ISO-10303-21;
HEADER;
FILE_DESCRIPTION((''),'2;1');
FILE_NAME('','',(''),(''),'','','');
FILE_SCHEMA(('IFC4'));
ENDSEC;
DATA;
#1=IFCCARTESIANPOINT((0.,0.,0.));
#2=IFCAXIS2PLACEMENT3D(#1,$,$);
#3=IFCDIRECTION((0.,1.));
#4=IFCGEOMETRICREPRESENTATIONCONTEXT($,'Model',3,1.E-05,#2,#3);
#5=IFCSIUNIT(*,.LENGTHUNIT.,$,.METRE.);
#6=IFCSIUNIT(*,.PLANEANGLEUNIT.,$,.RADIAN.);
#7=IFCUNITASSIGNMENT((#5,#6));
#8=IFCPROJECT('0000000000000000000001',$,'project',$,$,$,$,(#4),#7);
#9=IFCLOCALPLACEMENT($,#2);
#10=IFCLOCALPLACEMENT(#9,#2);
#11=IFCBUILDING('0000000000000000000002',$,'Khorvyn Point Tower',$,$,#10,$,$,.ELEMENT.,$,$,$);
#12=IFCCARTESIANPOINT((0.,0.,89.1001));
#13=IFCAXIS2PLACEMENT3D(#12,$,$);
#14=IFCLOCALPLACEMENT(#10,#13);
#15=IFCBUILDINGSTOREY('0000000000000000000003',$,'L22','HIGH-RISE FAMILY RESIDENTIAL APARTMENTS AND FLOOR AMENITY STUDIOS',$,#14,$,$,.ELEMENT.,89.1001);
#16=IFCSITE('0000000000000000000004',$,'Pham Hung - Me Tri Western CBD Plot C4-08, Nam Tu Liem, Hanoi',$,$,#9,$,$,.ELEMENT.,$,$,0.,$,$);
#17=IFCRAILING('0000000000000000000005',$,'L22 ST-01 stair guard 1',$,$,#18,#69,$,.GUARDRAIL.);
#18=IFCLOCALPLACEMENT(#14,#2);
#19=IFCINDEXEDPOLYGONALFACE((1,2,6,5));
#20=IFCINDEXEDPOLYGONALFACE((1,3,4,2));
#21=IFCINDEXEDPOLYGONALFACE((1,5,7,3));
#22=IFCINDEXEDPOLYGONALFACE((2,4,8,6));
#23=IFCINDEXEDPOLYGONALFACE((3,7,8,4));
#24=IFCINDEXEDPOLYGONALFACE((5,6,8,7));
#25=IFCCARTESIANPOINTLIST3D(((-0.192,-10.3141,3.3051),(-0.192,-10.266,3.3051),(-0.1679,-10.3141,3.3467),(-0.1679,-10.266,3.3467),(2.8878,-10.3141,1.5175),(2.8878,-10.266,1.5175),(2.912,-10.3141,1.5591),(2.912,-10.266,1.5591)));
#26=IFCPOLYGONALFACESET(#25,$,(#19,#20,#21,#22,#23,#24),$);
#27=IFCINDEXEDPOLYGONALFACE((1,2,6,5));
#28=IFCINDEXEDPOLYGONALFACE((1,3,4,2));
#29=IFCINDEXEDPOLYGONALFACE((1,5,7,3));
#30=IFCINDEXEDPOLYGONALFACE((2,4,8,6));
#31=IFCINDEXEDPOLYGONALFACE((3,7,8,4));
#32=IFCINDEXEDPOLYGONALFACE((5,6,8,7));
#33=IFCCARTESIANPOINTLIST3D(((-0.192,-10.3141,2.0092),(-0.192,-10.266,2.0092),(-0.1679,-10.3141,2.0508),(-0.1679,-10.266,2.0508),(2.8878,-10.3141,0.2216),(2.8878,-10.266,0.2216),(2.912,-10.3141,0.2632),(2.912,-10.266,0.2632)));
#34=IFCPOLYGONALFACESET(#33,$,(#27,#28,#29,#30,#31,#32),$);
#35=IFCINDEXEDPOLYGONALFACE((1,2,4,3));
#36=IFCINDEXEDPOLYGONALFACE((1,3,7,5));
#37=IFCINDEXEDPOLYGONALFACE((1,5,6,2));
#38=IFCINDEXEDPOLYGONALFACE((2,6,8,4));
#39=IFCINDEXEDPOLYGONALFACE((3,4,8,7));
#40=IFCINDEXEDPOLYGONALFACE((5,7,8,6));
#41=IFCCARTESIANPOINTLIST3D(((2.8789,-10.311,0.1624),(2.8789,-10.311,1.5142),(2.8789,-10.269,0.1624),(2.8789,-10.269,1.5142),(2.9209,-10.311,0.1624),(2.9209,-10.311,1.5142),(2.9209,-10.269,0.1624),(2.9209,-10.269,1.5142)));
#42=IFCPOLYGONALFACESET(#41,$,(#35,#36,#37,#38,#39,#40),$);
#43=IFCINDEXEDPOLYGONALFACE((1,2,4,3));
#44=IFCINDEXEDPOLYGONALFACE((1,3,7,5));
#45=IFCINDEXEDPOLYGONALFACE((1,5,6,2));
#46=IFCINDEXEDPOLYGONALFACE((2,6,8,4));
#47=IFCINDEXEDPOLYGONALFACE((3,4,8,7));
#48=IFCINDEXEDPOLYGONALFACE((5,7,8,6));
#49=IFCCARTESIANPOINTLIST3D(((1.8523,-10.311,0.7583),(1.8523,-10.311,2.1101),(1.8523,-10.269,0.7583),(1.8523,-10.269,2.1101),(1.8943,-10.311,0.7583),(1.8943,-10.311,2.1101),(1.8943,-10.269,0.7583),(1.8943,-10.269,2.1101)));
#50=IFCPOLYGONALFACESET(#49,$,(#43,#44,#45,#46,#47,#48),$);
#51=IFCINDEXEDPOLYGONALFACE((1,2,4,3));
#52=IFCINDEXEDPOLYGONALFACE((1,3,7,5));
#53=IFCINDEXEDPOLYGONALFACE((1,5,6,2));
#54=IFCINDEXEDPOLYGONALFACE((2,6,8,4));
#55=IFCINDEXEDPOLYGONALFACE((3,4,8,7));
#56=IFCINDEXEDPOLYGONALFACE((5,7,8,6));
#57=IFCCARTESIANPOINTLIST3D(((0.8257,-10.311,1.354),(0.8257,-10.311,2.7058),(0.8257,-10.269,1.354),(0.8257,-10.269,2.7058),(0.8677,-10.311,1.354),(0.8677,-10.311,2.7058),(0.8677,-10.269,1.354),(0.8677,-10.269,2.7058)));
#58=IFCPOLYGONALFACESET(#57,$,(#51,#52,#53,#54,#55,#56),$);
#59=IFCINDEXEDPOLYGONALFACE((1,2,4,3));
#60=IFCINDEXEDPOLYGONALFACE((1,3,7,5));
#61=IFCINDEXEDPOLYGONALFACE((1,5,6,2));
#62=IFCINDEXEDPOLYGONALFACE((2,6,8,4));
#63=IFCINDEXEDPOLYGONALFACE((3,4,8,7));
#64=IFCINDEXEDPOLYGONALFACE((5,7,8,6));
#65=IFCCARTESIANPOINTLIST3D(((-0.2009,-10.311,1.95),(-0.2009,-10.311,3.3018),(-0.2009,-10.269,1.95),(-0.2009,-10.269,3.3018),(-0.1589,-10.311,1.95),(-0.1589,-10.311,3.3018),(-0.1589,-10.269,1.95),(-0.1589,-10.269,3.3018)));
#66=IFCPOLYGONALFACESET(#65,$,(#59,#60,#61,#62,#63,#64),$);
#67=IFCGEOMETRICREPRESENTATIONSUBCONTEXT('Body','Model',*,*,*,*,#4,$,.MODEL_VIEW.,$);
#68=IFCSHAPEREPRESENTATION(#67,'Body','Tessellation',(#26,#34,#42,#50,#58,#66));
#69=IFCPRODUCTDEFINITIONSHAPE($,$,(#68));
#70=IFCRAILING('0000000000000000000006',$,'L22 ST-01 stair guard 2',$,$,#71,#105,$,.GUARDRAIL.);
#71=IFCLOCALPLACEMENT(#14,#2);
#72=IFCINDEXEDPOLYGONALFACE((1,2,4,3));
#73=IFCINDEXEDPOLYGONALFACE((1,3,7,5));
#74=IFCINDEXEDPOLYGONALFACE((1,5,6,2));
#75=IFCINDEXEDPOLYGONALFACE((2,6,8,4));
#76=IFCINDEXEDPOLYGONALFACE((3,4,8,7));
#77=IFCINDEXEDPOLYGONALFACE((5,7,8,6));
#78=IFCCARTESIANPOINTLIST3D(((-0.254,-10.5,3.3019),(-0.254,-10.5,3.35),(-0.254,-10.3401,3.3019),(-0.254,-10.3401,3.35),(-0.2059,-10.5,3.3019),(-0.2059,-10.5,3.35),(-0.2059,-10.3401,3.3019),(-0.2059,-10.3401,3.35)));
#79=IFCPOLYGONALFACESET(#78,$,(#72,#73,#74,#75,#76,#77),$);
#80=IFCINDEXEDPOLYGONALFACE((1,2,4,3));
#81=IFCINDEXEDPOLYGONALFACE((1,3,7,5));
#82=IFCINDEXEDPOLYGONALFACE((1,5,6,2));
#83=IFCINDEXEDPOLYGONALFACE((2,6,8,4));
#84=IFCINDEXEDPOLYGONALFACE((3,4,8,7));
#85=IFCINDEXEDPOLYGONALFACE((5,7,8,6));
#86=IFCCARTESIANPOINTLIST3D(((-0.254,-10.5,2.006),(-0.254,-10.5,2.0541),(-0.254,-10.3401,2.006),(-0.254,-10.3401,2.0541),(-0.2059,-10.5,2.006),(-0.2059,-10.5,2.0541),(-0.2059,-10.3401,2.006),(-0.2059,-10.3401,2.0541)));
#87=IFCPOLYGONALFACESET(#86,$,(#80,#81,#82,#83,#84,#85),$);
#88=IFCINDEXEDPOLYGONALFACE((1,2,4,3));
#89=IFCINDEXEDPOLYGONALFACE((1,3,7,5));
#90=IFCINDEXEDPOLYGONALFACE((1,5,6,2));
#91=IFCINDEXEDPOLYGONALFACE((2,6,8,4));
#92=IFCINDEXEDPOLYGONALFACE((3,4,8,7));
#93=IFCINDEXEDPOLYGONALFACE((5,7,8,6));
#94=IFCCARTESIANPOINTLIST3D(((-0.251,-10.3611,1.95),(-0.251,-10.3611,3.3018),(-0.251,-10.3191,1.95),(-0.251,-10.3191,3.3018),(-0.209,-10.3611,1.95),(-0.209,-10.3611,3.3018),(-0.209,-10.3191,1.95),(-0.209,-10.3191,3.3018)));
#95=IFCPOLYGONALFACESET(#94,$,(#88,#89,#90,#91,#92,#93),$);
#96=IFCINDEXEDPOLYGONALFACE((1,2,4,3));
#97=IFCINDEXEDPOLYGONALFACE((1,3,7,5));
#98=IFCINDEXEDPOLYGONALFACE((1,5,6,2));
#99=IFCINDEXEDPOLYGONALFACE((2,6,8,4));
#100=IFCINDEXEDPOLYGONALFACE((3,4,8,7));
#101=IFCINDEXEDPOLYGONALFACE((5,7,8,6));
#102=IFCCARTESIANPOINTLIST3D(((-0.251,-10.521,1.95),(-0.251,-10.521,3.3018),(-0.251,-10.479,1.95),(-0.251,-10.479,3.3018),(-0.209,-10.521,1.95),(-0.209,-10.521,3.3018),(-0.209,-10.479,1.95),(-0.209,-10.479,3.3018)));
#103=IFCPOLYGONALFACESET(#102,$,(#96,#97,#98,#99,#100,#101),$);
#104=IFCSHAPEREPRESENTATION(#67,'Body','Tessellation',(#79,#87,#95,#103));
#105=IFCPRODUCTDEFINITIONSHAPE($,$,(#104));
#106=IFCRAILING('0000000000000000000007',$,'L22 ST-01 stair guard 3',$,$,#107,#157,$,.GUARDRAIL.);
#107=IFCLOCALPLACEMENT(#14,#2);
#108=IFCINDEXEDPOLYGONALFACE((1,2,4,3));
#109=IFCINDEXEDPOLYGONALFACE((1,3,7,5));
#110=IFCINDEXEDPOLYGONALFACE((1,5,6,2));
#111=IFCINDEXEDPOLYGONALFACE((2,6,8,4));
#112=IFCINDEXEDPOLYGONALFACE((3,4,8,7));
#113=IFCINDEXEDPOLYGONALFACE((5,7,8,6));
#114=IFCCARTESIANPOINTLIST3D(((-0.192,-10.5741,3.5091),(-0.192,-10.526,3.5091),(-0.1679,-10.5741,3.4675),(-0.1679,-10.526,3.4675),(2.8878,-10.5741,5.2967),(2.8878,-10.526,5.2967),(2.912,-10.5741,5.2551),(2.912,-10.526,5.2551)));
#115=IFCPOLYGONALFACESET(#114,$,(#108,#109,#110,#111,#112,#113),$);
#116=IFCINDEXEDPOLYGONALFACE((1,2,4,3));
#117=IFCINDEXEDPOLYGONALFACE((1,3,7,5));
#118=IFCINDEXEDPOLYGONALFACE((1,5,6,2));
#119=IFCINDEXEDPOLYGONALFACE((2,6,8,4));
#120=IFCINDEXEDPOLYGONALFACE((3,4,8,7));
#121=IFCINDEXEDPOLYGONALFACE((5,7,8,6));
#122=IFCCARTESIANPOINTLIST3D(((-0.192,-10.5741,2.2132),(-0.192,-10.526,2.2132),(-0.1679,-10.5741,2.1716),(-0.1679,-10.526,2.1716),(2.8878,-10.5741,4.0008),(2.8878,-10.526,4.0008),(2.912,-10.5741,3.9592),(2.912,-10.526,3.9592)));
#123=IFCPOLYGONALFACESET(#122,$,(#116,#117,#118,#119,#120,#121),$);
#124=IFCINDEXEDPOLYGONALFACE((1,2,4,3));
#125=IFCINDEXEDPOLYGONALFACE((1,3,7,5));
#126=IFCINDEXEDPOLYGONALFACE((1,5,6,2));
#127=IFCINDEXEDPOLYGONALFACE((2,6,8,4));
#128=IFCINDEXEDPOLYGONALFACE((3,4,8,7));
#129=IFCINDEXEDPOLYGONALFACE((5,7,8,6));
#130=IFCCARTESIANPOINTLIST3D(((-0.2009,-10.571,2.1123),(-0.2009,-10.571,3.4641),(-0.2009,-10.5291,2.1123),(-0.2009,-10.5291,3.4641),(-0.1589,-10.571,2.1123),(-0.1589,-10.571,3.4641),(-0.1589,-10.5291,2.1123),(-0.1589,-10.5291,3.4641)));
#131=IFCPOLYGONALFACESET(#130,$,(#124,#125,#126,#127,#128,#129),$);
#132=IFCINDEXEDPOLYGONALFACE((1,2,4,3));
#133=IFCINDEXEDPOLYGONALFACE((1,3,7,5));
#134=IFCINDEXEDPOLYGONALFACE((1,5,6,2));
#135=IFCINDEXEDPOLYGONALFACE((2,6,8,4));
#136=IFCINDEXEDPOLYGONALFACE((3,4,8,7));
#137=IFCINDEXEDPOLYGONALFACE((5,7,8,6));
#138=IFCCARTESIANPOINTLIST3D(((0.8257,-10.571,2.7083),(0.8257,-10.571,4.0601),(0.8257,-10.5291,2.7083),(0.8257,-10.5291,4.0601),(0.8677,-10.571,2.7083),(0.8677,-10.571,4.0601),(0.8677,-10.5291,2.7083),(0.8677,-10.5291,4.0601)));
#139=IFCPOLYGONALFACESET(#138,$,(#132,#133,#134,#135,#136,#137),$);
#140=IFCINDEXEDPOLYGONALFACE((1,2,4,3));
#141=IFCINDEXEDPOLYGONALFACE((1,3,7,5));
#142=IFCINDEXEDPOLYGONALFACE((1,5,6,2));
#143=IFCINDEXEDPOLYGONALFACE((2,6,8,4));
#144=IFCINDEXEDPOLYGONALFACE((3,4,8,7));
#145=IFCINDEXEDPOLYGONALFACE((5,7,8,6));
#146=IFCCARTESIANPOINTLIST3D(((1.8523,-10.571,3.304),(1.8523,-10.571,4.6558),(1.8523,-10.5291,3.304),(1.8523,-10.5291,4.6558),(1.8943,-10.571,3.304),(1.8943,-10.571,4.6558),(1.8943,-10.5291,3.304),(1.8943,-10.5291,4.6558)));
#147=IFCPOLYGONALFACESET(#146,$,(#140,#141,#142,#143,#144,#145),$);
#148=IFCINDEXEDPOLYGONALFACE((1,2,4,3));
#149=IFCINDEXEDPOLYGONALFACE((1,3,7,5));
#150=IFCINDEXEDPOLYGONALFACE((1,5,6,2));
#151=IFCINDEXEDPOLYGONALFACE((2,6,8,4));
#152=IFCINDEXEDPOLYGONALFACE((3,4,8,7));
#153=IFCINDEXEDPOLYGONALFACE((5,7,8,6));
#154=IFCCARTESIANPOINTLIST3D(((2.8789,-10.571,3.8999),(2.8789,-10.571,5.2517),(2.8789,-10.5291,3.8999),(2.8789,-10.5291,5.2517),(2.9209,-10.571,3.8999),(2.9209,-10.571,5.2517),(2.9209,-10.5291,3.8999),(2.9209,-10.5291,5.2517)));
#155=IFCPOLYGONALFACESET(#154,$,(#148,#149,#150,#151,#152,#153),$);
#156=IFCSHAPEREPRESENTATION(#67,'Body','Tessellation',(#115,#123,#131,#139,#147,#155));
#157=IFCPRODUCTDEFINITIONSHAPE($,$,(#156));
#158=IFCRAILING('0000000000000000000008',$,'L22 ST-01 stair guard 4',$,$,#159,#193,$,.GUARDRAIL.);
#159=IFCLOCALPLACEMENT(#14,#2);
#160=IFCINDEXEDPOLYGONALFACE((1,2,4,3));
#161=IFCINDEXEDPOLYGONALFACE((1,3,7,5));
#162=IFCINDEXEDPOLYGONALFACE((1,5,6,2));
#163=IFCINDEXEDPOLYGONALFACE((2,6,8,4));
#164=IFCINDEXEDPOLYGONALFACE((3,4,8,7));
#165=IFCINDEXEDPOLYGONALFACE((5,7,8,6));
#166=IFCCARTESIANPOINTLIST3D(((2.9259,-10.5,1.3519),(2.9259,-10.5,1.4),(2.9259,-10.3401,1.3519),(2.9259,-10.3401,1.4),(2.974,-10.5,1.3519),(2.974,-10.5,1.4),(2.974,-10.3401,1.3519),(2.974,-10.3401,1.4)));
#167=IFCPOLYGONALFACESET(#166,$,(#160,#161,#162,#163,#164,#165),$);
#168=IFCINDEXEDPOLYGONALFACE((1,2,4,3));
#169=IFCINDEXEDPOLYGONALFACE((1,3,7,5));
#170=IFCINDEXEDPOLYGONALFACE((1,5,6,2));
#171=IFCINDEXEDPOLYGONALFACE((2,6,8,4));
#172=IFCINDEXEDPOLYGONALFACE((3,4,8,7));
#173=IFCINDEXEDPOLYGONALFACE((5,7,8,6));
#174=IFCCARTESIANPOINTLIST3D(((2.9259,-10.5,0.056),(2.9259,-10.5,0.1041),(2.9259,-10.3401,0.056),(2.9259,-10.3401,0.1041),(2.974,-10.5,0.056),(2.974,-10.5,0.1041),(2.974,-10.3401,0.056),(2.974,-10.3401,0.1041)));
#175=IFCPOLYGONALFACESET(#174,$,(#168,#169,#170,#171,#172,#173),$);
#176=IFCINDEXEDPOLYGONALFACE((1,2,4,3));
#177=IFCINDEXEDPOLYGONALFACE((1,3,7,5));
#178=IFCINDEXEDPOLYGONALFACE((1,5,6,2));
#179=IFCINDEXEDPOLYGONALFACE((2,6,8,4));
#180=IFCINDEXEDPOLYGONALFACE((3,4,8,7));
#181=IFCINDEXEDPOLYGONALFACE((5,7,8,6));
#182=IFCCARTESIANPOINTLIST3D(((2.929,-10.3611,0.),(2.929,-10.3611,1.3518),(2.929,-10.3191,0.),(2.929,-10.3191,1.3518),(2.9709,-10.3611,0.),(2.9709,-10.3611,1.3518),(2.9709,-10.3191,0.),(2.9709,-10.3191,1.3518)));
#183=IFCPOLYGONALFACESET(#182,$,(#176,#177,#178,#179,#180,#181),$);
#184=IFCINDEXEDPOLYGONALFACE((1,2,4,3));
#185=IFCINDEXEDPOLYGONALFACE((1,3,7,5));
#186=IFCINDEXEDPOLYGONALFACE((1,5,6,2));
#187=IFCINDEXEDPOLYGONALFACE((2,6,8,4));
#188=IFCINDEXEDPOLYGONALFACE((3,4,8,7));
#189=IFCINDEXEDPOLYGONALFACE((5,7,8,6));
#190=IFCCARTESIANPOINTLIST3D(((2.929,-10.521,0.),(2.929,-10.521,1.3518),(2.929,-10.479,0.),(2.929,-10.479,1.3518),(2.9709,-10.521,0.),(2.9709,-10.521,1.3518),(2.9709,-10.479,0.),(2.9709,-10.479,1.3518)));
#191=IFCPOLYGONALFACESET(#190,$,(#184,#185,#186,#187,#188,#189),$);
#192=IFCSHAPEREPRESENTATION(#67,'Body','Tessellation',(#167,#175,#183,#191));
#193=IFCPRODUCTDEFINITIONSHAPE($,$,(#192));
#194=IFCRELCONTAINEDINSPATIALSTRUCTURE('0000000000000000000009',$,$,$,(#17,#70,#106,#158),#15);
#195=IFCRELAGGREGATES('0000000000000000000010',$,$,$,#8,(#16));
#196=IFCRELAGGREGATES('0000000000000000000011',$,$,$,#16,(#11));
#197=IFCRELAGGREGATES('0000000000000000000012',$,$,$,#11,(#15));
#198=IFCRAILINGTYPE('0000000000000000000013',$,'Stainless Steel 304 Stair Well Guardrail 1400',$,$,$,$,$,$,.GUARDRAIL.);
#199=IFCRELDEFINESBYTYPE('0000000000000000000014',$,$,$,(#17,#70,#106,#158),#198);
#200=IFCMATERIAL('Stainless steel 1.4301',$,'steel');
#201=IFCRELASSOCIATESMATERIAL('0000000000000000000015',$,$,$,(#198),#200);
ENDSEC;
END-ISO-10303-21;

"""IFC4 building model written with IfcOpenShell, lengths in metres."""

from ifc_helpers import new_model, si_unit, direction, frame, origin, origin_2d, place, context, subcontext, project, spatial, rectangle, extrude, material, type_object, element, save


model = new_model("IFC4")

# Units and contexts
model_context = context("Model", 3, precision=1e-05, world=origin(), true_north=direction((0.0, 1.0)))
body_context = subcontext(model_context, "Body", "Model", "MODEL_VIEW")
ifc_project = project(units=[si_unit("LENGTHUNIT", "METRE"), si_unit("PLANEANGLEUNIT", "RADIAN")], contexts=[model_context])

# Site, building, storey
site_placement = place(None, origin())
site = spatial("IfcSite", under=ifc_project, at=site_placement, Name="Pham Hung - Me Tri Western CBD Plot C4-08, Nam Tu Liem, Hanoi", CompositionType="ELEMENT", RefElevation=0.0)
building_placement = place(site_placement, origin())
building = spatial("IfcBuilding", under=site, at=building_placement, Name="Khorvyn Point Tower", CompositionType="ELEMENT")
storey_placement = place(building_placement, frame((0.0, 0.0, 89.1001)))
storey = spatial("IfcBuildingStorey", under=building, at=storey_placement, Name="L22", Description="HIGH-RISE FAMILY RESIDENTIAL APARTMENTS AND FLOOR AMENITY STUDIOS", CompositionType="ELEMENT", Elevation=89.1001)

# Railings
ifc_material_1 = material(Name="Stainless steel 1.4301", Category="steel")
railing_type_1 = type_object("IfcRailingType", Name="Stainless Steel 304 Stair Well Guardrail 1400", PredefinedType="GUARDRAIL", material=ifc_material_1)
railing_1_placement = place(storey_placement, frame((2.8999, -10.29, 0.1624)))
element("IfcRailing", 1, at=railing_1_placement, inside=storey, type_object=railing_type_1, Name="L22 ST-01 stair guard 1", PredefinedType="GUARDRAIL", context=body_context, shape_type="SweptSolid", body=[
    extrude(rectangle(XDim=0.0481, YDim=0.0481, at=origin_2d()), frame((0.0, 0.0, 1.376), z_axis=(-0.864873, 0.0, 0.50199), x_axis=(0.0, -1.0, 0.0)), (0.0, 0.0, 1.0), 3.561),
    extrude(rectangle(XDim=0.0481, YDim=0.0481, at=origin_2d()), frame((0.0, 0.0, 0.0801), z_axis=(-0.864873, 0.0, 0.50199), x_axis=(0.0, -1.0, 0.0)), (0.0, 0.0, 1.0), 3.561),
    extrude(rectangle(XDim=0.042, YDim=0.042, at=origin_2d()), origin(), (0.0, 0.0, 1.0), 1.3518),
    extrude(rectangle(XDim=0.042, YDim=0.042, at=origin_2d()), frame((-1.0266, 0.0, 0.5959)), (0.0, 0.0, 1.0), 1.3518),
    extrude(rectangle(XDim=0.042, YDim=0.042, at=origin_2d()), frame((-2.0532, 0.0, 1.1917)), (0.0, 0.0, 1.0), 1.3518),
    extrude(rectangle(XDim=0.042, YDim=0.042, at=origin_2d()), frame((-3.0798, 0.0, 1.7876)), (0.0, 0.0, 1.0), 1.3518),
])
railing_2_placement = place(storey_placement, frame((-0.23, -10.3401, 1.95)))
element("IfcRailing", 2, at=railing_2_placement, inside=storey, type_object=railing_type_1, Name="L22 ST-01 stair guard 2", PredefinedType="GUARDRAIL", context=body_context, shape_type="SweptSolid", body=[
    extrude(rectangle(XDim=0.0481, YDim=0.0481, at=origin_2d()), frame((0.0, 0.0, 1.376), z_axis=(0.0, -1.0, 0.0), x_axis=(1.0, 0.0, 0.0)), (0.0, 0.0, 1.0), 0.1599),
    extrude(rectangle(XDim=0.0481, YDim=0.0481, at=origin_2d()), frame((0.0, 0.0, 0.0801), z_axis=(0.0, -1.0, 0.0), x_axis=(1.0, 0.0, 0.0)), (0.0, 0.0, 1.0), 0.1599),
    extrude(rectangle(XDim=0.042, YDim=0.042, at=origin_2d()), origin(), (0.0, 0.0, 1.0), 1.3518),
    extrude(rectangle(XDim=0.042, YDim=0.042, at=origin_2d()), frame((0.0, -0.1599, 0.0)), (0.0, 0.0, 1.0), 1.3518),
])
railing_3_placement = place(storey_placement, frame((-0.1799, -10.55, 2.1123)))
element("IfcRailing", 3, at=railing_3_placement, inside=storey, type_object=railing_type_1, Name="L22 ST-01 stair guard 3", PredefinedType="GUARDRAIL", context=body_context, shape_type="SweptSolid", body=[
    extrude(rectangle(XDim=0.0481, YDim=0.0481, at=origin_2d()), frame((0.0, 0.0, 1.376), z_axis=(0.864873, 0.0, 0.50199), x_axis=(0.0, 1.0, 0.0)), (0.0, 0.0, 1.0), 3.561),
    extrude(rectangle(XDim=0.0481, YDim=0.0481, at=origin_2d()), frame((0.0, 0.0, 0.0801), z_axis=(0.864873, 0.0, 0.50199), x_axis=(0.0, 1.0, 0.0)), (0.0, 0.0, 1.0), 3.561),
    extrude(rectangle(XDim=0.042, YDim=0.042, at=origin_2d()), origin(), (0.0, 0.0, 1.0), 1.3518),
    extrude(rectangle(XDim=0.042, YDim=0.042, at=origin_2d()), frame((1.0266, 0.0, 0.5959)), (0.0, 0.0, 1.0), 1.3518),
    extrude(rectangle(XDim=0.042, YDim=0.042, at=origin_2d()), frame((2.0532, 0.0, 1.1917)), (0.0, 0.0, 1.0), 1.3518),
    extrude(rectangle(XDim=0.042, YDim=0.042, at=origin_2d()), frame((3.0798, 0.0, 1.7876)), (0.0, 0.0, 1.0), 1.3518),
])
railing_4_placement = place(storey_placement, frame((2.95, -10.3401, 0.0)))
element("IfcRailing", 4, at=railing_4_placement, inside=storey, type_object=railing_type_1, Name="L22 ST-01 stair guard 4", PredefinedType="GUARDRAIL", context=body_context, shape_type="SweptSolid", body=[
    extrude(rectangle(XDim=0.0481, YDim=0.0481, at=origin_2d()), frame((0.0, 0.0, 1.376), z_axis=(0.0, -1.0, 0.0), x_axis=(1.0, 0.0, 0.0)), (0.0, 0.0, 1.0), 0.1599),
    extrude(rectangle(XDim=0.0481, YDim=0.0481, at=origin_2d()), frame((0.0, 0.0, 0.0801), z_axis=(0.0, -1.0, 0.0), x_axis=(1.0, 0.0, 0.0)), (0.0, 0.0, 1.0), 0.1599),
    extrude(rectangle(XDim=0.042, YDim=0.042, at=origin_2d()), origin(), (0.0, 0.0, 1.0), 1.3518),
    extrude(rectangle(XDim=0.042, YDim=0.042, at=origin_2d()), frame((0.0, -0.1599, 0.0)), (0.0, 0.0, 1.0), 1.3518),
])

save(model, "model.ifc")
